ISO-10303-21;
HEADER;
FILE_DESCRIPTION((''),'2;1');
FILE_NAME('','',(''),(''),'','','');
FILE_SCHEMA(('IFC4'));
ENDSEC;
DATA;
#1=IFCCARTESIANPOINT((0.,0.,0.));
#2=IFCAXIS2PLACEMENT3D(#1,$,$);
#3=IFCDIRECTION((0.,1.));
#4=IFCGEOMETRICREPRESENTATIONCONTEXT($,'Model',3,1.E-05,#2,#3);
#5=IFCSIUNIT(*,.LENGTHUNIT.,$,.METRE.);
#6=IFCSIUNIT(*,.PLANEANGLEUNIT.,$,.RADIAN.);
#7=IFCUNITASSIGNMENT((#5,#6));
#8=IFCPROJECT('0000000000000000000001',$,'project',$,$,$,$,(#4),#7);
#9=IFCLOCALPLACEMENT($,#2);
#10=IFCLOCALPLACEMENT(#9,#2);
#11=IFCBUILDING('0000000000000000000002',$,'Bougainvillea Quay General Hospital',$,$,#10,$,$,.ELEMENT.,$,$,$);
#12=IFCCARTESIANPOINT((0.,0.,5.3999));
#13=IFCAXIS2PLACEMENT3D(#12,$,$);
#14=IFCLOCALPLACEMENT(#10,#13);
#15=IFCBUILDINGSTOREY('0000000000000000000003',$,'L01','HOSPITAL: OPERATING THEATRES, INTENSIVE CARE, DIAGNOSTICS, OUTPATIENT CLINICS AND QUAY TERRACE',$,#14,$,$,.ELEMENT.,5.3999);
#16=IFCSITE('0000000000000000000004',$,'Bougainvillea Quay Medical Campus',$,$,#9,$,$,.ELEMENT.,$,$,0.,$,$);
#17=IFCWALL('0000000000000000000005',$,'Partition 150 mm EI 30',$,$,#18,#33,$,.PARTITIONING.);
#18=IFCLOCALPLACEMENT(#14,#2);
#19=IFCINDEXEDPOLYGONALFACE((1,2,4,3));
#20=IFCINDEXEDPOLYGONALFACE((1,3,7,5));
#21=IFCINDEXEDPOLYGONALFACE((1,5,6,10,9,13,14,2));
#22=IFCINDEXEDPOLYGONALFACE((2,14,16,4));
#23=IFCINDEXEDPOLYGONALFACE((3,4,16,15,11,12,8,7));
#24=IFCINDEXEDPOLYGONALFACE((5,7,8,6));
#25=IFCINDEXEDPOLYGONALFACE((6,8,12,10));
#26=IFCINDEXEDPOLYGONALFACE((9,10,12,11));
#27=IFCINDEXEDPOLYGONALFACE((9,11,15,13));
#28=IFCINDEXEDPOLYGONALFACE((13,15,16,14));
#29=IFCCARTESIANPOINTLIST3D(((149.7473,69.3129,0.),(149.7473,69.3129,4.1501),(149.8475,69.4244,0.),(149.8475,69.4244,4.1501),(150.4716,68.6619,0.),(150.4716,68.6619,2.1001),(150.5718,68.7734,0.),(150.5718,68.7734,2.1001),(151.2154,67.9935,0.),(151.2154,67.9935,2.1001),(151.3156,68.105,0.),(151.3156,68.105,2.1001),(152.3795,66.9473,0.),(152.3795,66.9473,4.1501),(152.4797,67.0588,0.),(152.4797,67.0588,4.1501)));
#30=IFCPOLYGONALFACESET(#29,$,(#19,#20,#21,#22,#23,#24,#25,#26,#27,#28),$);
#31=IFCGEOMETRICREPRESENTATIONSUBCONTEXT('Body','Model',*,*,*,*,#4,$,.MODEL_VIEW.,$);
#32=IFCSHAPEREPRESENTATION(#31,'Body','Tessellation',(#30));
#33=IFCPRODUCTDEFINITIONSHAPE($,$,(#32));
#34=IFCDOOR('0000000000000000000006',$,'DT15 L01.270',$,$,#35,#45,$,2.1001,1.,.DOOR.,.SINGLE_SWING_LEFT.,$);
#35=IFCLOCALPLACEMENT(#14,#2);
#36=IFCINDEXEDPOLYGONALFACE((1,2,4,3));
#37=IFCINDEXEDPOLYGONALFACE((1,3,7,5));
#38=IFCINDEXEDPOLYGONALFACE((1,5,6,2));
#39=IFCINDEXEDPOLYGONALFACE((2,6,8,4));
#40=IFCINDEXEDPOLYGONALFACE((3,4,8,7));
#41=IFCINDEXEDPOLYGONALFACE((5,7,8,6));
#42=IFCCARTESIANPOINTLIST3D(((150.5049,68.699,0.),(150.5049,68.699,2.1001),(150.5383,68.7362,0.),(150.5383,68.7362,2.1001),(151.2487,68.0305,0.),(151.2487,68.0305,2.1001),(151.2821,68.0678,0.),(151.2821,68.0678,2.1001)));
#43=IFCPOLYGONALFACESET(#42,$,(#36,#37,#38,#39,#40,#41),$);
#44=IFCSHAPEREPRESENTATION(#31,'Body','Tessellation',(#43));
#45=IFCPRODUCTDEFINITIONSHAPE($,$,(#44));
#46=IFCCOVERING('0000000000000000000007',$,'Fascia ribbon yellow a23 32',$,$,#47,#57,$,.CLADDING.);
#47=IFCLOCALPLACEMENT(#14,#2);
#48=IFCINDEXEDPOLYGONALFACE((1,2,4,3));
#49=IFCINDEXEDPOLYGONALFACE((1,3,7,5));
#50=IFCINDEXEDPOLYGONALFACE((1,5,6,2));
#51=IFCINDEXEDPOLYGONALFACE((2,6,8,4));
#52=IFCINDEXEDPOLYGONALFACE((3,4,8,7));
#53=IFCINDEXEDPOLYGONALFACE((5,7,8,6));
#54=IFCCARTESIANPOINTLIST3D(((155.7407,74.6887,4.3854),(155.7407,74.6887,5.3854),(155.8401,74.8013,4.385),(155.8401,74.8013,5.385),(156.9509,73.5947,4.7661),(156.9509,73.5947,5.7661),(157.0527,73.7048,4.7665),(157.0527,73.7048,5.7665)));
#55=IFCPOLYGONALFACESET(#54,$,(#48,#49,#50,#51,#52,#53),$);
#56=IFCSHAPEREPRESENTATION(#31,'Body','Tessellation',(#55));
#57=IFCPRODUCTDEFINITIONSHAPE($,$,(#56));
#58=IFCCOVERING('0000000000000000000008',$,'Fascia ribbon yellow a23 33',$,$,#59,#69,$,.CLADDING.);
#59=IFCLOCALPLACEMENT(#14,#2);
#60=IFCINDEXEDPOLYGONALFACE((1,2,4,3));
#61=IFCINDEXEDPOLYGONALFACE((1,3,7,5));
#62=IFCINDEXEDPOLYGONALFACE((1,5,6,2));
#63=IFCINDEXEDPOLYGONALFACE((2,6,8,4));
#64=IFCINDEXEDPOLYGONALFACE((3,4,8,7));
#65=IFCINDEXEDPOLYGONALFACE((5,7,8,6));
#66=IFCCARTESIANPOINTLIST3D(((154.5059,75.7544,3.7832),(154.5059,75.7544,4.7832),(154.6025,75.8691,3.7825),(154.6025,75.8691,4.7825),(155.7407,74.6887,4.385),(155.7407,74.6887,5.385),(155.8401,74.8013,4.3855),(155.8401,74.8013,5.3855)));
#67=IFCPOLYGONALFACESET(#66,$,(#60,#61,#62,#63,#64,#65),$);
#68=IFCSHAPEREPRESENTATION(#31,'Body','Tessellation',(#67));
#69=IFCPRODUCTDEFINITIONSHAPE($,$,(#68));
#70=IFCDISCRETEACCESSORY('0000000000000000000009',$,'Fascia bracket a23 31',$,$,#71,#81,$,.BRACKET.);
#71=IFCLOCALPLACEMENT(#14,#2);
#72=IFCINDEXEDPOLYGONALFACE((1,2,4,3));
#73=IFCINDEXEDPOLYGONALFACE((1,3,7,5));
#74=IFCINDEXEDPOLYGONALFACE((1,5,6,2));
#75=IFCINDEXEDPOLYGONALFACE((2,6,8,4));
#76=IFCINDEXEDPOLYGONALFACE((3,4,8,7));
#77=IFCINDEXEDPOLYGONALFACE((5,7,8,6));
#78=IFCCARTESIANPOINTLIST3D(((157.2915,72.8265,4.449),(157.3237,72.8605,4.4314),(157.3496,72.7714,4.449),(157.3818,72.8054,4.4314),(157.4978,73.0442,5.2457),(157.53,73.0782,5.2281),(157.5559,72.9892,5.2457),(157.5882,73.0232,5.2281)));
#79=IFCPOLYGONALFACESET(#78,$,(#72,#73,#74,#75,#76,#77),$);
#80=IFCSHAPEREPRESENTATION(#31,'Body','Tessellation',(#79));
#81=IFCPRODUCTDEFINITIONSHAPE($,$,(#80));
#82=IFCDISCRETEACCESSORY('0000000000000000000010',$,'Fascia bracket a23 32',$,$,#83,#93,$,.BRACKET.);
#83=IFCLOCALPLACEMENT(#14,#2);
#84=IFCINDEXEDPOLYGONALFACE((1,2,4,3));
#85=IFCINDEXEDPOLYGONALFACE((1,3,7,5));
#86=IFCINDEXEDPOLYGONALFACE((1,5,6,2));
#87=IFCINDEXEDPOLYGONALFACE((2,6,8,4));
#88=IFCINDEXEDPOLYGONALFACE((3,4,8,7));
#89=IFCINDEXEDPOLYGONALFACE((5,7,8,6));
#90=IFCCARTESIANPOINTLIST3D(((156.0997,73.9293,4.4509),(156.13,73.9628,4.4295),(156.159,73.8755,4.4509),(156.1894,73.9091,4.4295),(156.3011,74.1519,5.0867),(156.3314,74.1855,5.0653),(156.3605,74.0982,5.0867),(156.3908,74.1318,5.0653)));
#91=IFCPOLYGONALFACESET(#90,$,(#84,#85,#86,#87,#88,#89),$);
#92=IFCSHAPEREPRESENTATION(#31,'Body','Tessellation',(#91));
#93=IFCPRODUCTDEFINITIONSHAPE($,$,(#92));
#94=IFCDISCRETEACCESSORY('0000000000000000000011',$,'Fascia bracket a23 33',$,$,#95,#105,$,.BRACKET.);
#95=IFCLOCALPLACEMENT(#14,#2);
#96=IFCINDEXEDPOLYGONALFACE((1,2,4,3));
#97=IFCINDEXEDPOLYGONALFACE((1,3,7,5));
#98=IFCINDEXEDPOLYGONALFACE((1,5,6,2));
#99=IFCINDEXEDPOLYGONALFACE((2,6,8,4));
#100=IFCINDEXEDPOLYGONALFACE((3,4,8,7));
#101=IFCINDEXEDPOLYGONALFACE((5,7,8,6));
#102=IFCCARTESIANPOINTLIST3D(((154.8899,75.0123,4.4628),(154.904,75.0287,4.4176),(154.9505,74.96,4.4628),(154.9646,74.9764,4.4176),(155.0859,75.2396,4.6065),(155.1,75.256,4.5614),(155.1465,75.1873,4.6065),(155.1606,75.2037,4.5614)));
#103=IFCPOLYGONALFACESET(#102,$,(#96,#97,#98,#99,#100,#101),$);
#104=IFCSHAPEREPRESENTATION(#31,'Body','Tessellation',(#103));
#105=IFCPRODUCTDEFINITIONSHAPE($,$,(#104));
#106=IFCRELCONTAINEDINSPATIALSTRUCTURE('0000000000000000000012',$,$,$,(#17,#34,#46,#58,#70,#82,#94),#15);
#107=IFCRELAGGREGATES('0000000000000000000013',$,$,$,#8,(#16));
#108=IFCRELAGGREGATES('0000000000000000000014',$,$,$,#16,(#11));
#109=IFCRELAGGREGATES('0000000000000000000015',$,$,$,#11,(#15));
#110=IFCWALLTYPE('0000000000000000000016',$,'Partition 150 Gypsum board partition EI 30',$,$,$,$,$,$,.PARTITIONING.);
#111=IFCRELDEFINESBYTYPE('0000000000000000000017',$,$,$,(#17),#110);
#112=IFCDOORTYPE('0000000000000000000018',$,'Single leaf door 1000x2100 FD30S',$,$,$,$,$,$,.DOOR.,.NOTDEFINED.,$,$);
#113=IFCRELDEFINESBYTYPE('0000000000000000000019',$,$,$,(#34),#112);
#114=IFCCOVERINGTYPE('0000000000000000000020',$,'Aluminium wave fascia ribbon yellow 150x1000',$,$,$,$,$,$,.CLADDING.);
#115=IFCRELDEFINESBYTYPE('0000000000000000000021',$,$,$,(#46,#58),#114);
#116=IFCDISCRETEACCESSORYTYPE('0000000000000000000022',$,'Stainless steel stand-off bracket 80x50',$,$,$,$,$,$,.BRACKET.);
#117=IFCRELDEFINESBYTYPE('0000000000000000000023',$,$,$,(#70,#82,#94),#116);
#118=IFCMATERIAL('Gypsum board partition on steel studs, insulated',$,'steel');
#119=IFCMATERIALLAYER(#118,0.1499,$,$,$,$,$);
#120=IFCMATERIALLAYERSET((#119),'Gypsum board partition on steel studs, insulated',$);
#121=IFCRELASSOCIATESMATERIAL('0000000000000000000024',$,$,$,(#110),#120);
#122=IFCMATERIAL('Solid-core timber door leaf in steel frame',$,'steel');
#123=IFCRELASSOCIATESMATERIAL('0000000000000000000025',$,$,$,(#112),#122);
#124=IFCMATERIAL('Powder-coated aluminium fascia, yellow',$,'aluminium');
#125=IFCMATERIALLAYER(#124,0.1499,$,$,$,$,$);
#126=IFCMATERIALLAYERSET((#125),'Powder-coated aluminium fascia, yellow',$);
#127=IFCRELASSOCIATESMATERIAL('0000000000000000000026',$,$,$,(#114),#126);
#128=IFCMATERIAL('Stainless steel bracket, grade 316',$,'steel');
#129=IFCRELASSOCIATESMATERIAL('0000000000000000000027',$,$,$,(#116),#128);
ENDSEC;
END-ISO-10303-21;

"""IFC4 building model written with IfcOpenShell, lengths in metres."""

from ifc_helpers import new_model, si_unit, direction, frame, frame_2d, origin, origin_2d, place, context, subcontext, project, spatial, polyline, rectangle, outline, extrude, material, layer, layer_set, material_profile, profile_set, type_object, element, fill, save


model = new_model("IFC4")

# Units and contexts
model_context = context("Model", 3, precision=1e-05, world=origin(), true_north=direction((0.0, 1.0)))
body_context = subcontext(model_context, "Body", "Model", "MODEL_VIEW")
ifc_project = project(units=[si_unit("LENGTHUNIT", "METRE"), si_unit("PLANEANGLEUNIT", "RADIAN")], contexts=[model_context])

# Site, building, storey
site_placement = place(None, origin())
site = spatial("IfcSite", under=ifc_project, at=site_placement, Name="Bougainvillea Quay Medical Campus", CompositionType="ELEMENT", RefElevation=0.0)
building_placement = place(site_placement, origin())
building = spatial("IfcBuilding", under=site, at=building_placement, Name="Bougainvillea Quay General Hospital", CompositionType="ELEMENT")
storey_placement = place(building_placement, frame((0.0, 0.0, 5.3999)))
storey = spatial("IfcBuildingStorey", under=building, at=storey_placement, Name="L01", Description="HOSPITAL: OPERATING THEATRES, INTENSIVE CARE, DIAGNOSTICS, OUTPATIENT CLINICS AND QUAY TERRACE", CompositionType="ELEMENT", Elevation=5.3999)

# Wall, opening, door
ifc_material_1 = material(Name="Gypsum board partition on steel studs, insulated", Category="steel")
ifc_layer_1 = layer(ifc_material_1, 0.1499)
ifc_layer_set_1 = layer_set([ifc_layer_1], Name="Gypsum board partition on steel studs, insulated")
wall_type_1 = type_object("IfcWallType", Name="Partition 150 Gypsum board partition EI 30", PredefinedType="PARTITIONING", material=ifc_layer_set_1)
wall_1_placement = place(storey_placement, frame((149.7974, 69.3687, 0.0), z_axis=(0.0, 0.0, 1.0), x_axis=(0.743767, -0.668439, 0.0)))
wall_1 = element("IfcWall", 1, at=wall_1_placement, inside=storey, type_object=wall_type_1, Name="Partition 150 mm EI 30", PredefinedType="PARTITIONING", context=body_context, shape_type="SweptSolid", body=[
    extrude(rectangle(XDim=3.5391, YDim=0.1499, at=frame_2d((1.7695, 0.0))), origin(), (0.0, 0.0, 1.0), 4.1501),
])
opening_1_placement = place(wall_1_placement, frame((0.9739, 0.0, 0.0)))
opening_1 = element("IfcOpeningElement", 2, at=opening_1_placement, cuts=wall_1, PredefinedType="OPENING", context=body_context, shape_type="SweptSolid", body=[
    extrude(rectangle(XDim=1.0, YDim=2.1001, at=frame_2d((0.5, 1.05))), frame((0.0, 0.085, 0.0), z_axis=(0.0, -1.0, 0.0), x_axis=(1.0, 0.0, 0.0)), (0.0, 0.0, 1.0), 0.1699),
])
ifc_material_2 = material(Name="Solid-core timber door leaf in steel frame", Category="steel")
door_type_1 = type_object("IfcDoorType", Name="Single leaf door 1000x2100 FD30S", OperationType="NOTDEFINED", PredefinedType="DOOR", material=ifc_material_2)
door_1_placement = place(opening_1_placement, origin())
door_1 = element("IfcDoor", 3, at=door_1_placement, inside=storey, type_object=door_type_1, Name="DT15 L01.270", OperationType="SINGLE_SWING_LEFT", OverallHeight=2.1001, OverallWidth=1.0, PredefinedType="DOOR", context=body_context, shape_type="SweptSolid", body=[
    extrude(rectangle(XDim=1.0, YDim=2.1001, at=frame_2d((0.5, 1.05))), frame((0.0, 0.0249, 0.0), z_axis=(0.0, -1.0, 0.0), x_axis=(1.0, 0.0, 0.0)), (0.0, 0.0, 1.0), 0.05),
])
fill(opening_1, door_1)

# Coverings
ifc_material_3 = material(Name="Powder-coated aluminium fascia, yellow", Category="aluminium")
ifc_layer_2 = layer(ifc_material_3, 0.1499)
ifc_layer_set_2 = layer_set([ifc_layer_2], Name="Powder-coated aluminium fascia, yellow")
covering_type = type_object("IfcCoveringType", Name="Aluminium wave fascia ribbon yellow 150x1000", PredefinedType="CLADDING", material=ifc_layer_set_2)
covering_1_placement = place(storey_placement, frame((156.9509, 73.5947, 4.7661), z_axis=(-0.168623, 0.152352, 0.973835), x_axis=(-0.722417, 0.653046, -0.227255)))
element("IfcCovering", 4, at=covering_1_placement, inside=storey, type_object=covering_type, Name="Fascia ribbon yellow a23 32", PredefinedType="CLADDING", context=body_context, shape_type="SweptSolid", body=[
    extrude(outline(polyline([(0.0, 0.0), (1.6752, 0.0), (1.677, -0.1501), (-0.0018, -0.15), (0.0, 0.0)])), origin(), (-0.227255, -0.000057, 0.973835), 1.0),
])
covering_2_placement = place(storey_placement, frame((155.7407, 74.6887, 4.385), z_axis=(-0.261606, 0.226647, 0.938186), x_axis=(-0.710268, 0.612954, -0.34613)))
element("IfcCovering", 5, at=covering_2_placement, inside=storey, type_object=covering_type, Name="Fascia ribbon yellow a23 33", PredefinedType="CLADDING", context=body_context, shape_type="SweptSolid", body=[
    extrude(outline(polyline([(0.0, 0.0), (1.7386, 0.0), (1.7405, -0.15), (-0.0018, -0.1501), (0.0, 0.0)])), origin(), (-0.34613, 0.000627, 0.938186), 1.0),
])

# Discrete accessories
ifc_material_4 = material(Name="Stainless steel bracket, grade 316", Category="steel")
ifc_material_profile_1 = material_profile(ifc_material_4, rectangle(XDim=0.0801, YDim=0.05, at=origin_2d()))
ifc_profile_set_1 = profile_set([ifc_material_profile_1], Name="Stainless steel bracket, grade 316")
discrete_accessory_type = type_object("IfcDiscreteAccessoryType", Name="Stainless steel stand-off bracket 80x50", PredefinedType="BRACKET", material=ifc_profile_set_1)
discrete_accessory_1_placement = place(storey_placement, frame((157.3367, 72.8159, 4.4402), z_axis=(0.242352, 0.255832, 0.93585), x_axis=(-0.725974, 0.687722, 0.0)))
element("IfcDiscreteAccessory", 6, at=discrete_accessory_1_placement, inside=storey, type_object=discrete_accessory_type, Name="Fascia bracket a23 31", PredefinedType="BRACKET", context=body_context, shape_type="SweptSolid", body=[
    extrude(rectangle(XDim=0.0801, YDim=0.05, at=origin_2d()), origin(), (0.0, 0.0, 1.0), 0.8513),
])
discrete_accessory_2_placement = place(storey_placement, frame((156.1445, 73.9192, 4.4402), z_axis=(0.286479, 0.31669, 0.904233), x_axis=(-0.741594, 0.670849, 0.0)))
element("IfcDiscreteAccessory", 7, at=discrete_accessory_2_placement, inside=storey, type_object=discrete_accessory_type, Name="Fascia bracket a23 32", PredefinedType="BRACKET", context=body_context, shape_type="SweptSolid", body=[
    extrude(rectangle(XDim=0.0801, YDim=0.05, at=origin_2d()), origin(), (0.0, 0.0, 1.0), 0.7031),
])
discrete_accessory_3_placement = place(storey_placement, frame((154.9272, 74.9944, 4.4402), z_axis=(0.589027, 0.682919, 0.432051), x_axis=(-0.757243, 0.653133, 0.0)))
element("IfcDiscreteAccessory", 8, at=discrete_accessory_3_placement, inside=storey, type_object=discrete_accessory_type, Name="Fascia bracket a23 33", PredefinedType="BRACKET", context=body_context, shape_type="SweptSolid", body=[
    extrude(rectangle(XDim=0.0801, YDim=0.05, at=origin_2d()), origin(), (0.0, 0.0, 1.0), 0.3328),
])

save(model, "model.ifc")
